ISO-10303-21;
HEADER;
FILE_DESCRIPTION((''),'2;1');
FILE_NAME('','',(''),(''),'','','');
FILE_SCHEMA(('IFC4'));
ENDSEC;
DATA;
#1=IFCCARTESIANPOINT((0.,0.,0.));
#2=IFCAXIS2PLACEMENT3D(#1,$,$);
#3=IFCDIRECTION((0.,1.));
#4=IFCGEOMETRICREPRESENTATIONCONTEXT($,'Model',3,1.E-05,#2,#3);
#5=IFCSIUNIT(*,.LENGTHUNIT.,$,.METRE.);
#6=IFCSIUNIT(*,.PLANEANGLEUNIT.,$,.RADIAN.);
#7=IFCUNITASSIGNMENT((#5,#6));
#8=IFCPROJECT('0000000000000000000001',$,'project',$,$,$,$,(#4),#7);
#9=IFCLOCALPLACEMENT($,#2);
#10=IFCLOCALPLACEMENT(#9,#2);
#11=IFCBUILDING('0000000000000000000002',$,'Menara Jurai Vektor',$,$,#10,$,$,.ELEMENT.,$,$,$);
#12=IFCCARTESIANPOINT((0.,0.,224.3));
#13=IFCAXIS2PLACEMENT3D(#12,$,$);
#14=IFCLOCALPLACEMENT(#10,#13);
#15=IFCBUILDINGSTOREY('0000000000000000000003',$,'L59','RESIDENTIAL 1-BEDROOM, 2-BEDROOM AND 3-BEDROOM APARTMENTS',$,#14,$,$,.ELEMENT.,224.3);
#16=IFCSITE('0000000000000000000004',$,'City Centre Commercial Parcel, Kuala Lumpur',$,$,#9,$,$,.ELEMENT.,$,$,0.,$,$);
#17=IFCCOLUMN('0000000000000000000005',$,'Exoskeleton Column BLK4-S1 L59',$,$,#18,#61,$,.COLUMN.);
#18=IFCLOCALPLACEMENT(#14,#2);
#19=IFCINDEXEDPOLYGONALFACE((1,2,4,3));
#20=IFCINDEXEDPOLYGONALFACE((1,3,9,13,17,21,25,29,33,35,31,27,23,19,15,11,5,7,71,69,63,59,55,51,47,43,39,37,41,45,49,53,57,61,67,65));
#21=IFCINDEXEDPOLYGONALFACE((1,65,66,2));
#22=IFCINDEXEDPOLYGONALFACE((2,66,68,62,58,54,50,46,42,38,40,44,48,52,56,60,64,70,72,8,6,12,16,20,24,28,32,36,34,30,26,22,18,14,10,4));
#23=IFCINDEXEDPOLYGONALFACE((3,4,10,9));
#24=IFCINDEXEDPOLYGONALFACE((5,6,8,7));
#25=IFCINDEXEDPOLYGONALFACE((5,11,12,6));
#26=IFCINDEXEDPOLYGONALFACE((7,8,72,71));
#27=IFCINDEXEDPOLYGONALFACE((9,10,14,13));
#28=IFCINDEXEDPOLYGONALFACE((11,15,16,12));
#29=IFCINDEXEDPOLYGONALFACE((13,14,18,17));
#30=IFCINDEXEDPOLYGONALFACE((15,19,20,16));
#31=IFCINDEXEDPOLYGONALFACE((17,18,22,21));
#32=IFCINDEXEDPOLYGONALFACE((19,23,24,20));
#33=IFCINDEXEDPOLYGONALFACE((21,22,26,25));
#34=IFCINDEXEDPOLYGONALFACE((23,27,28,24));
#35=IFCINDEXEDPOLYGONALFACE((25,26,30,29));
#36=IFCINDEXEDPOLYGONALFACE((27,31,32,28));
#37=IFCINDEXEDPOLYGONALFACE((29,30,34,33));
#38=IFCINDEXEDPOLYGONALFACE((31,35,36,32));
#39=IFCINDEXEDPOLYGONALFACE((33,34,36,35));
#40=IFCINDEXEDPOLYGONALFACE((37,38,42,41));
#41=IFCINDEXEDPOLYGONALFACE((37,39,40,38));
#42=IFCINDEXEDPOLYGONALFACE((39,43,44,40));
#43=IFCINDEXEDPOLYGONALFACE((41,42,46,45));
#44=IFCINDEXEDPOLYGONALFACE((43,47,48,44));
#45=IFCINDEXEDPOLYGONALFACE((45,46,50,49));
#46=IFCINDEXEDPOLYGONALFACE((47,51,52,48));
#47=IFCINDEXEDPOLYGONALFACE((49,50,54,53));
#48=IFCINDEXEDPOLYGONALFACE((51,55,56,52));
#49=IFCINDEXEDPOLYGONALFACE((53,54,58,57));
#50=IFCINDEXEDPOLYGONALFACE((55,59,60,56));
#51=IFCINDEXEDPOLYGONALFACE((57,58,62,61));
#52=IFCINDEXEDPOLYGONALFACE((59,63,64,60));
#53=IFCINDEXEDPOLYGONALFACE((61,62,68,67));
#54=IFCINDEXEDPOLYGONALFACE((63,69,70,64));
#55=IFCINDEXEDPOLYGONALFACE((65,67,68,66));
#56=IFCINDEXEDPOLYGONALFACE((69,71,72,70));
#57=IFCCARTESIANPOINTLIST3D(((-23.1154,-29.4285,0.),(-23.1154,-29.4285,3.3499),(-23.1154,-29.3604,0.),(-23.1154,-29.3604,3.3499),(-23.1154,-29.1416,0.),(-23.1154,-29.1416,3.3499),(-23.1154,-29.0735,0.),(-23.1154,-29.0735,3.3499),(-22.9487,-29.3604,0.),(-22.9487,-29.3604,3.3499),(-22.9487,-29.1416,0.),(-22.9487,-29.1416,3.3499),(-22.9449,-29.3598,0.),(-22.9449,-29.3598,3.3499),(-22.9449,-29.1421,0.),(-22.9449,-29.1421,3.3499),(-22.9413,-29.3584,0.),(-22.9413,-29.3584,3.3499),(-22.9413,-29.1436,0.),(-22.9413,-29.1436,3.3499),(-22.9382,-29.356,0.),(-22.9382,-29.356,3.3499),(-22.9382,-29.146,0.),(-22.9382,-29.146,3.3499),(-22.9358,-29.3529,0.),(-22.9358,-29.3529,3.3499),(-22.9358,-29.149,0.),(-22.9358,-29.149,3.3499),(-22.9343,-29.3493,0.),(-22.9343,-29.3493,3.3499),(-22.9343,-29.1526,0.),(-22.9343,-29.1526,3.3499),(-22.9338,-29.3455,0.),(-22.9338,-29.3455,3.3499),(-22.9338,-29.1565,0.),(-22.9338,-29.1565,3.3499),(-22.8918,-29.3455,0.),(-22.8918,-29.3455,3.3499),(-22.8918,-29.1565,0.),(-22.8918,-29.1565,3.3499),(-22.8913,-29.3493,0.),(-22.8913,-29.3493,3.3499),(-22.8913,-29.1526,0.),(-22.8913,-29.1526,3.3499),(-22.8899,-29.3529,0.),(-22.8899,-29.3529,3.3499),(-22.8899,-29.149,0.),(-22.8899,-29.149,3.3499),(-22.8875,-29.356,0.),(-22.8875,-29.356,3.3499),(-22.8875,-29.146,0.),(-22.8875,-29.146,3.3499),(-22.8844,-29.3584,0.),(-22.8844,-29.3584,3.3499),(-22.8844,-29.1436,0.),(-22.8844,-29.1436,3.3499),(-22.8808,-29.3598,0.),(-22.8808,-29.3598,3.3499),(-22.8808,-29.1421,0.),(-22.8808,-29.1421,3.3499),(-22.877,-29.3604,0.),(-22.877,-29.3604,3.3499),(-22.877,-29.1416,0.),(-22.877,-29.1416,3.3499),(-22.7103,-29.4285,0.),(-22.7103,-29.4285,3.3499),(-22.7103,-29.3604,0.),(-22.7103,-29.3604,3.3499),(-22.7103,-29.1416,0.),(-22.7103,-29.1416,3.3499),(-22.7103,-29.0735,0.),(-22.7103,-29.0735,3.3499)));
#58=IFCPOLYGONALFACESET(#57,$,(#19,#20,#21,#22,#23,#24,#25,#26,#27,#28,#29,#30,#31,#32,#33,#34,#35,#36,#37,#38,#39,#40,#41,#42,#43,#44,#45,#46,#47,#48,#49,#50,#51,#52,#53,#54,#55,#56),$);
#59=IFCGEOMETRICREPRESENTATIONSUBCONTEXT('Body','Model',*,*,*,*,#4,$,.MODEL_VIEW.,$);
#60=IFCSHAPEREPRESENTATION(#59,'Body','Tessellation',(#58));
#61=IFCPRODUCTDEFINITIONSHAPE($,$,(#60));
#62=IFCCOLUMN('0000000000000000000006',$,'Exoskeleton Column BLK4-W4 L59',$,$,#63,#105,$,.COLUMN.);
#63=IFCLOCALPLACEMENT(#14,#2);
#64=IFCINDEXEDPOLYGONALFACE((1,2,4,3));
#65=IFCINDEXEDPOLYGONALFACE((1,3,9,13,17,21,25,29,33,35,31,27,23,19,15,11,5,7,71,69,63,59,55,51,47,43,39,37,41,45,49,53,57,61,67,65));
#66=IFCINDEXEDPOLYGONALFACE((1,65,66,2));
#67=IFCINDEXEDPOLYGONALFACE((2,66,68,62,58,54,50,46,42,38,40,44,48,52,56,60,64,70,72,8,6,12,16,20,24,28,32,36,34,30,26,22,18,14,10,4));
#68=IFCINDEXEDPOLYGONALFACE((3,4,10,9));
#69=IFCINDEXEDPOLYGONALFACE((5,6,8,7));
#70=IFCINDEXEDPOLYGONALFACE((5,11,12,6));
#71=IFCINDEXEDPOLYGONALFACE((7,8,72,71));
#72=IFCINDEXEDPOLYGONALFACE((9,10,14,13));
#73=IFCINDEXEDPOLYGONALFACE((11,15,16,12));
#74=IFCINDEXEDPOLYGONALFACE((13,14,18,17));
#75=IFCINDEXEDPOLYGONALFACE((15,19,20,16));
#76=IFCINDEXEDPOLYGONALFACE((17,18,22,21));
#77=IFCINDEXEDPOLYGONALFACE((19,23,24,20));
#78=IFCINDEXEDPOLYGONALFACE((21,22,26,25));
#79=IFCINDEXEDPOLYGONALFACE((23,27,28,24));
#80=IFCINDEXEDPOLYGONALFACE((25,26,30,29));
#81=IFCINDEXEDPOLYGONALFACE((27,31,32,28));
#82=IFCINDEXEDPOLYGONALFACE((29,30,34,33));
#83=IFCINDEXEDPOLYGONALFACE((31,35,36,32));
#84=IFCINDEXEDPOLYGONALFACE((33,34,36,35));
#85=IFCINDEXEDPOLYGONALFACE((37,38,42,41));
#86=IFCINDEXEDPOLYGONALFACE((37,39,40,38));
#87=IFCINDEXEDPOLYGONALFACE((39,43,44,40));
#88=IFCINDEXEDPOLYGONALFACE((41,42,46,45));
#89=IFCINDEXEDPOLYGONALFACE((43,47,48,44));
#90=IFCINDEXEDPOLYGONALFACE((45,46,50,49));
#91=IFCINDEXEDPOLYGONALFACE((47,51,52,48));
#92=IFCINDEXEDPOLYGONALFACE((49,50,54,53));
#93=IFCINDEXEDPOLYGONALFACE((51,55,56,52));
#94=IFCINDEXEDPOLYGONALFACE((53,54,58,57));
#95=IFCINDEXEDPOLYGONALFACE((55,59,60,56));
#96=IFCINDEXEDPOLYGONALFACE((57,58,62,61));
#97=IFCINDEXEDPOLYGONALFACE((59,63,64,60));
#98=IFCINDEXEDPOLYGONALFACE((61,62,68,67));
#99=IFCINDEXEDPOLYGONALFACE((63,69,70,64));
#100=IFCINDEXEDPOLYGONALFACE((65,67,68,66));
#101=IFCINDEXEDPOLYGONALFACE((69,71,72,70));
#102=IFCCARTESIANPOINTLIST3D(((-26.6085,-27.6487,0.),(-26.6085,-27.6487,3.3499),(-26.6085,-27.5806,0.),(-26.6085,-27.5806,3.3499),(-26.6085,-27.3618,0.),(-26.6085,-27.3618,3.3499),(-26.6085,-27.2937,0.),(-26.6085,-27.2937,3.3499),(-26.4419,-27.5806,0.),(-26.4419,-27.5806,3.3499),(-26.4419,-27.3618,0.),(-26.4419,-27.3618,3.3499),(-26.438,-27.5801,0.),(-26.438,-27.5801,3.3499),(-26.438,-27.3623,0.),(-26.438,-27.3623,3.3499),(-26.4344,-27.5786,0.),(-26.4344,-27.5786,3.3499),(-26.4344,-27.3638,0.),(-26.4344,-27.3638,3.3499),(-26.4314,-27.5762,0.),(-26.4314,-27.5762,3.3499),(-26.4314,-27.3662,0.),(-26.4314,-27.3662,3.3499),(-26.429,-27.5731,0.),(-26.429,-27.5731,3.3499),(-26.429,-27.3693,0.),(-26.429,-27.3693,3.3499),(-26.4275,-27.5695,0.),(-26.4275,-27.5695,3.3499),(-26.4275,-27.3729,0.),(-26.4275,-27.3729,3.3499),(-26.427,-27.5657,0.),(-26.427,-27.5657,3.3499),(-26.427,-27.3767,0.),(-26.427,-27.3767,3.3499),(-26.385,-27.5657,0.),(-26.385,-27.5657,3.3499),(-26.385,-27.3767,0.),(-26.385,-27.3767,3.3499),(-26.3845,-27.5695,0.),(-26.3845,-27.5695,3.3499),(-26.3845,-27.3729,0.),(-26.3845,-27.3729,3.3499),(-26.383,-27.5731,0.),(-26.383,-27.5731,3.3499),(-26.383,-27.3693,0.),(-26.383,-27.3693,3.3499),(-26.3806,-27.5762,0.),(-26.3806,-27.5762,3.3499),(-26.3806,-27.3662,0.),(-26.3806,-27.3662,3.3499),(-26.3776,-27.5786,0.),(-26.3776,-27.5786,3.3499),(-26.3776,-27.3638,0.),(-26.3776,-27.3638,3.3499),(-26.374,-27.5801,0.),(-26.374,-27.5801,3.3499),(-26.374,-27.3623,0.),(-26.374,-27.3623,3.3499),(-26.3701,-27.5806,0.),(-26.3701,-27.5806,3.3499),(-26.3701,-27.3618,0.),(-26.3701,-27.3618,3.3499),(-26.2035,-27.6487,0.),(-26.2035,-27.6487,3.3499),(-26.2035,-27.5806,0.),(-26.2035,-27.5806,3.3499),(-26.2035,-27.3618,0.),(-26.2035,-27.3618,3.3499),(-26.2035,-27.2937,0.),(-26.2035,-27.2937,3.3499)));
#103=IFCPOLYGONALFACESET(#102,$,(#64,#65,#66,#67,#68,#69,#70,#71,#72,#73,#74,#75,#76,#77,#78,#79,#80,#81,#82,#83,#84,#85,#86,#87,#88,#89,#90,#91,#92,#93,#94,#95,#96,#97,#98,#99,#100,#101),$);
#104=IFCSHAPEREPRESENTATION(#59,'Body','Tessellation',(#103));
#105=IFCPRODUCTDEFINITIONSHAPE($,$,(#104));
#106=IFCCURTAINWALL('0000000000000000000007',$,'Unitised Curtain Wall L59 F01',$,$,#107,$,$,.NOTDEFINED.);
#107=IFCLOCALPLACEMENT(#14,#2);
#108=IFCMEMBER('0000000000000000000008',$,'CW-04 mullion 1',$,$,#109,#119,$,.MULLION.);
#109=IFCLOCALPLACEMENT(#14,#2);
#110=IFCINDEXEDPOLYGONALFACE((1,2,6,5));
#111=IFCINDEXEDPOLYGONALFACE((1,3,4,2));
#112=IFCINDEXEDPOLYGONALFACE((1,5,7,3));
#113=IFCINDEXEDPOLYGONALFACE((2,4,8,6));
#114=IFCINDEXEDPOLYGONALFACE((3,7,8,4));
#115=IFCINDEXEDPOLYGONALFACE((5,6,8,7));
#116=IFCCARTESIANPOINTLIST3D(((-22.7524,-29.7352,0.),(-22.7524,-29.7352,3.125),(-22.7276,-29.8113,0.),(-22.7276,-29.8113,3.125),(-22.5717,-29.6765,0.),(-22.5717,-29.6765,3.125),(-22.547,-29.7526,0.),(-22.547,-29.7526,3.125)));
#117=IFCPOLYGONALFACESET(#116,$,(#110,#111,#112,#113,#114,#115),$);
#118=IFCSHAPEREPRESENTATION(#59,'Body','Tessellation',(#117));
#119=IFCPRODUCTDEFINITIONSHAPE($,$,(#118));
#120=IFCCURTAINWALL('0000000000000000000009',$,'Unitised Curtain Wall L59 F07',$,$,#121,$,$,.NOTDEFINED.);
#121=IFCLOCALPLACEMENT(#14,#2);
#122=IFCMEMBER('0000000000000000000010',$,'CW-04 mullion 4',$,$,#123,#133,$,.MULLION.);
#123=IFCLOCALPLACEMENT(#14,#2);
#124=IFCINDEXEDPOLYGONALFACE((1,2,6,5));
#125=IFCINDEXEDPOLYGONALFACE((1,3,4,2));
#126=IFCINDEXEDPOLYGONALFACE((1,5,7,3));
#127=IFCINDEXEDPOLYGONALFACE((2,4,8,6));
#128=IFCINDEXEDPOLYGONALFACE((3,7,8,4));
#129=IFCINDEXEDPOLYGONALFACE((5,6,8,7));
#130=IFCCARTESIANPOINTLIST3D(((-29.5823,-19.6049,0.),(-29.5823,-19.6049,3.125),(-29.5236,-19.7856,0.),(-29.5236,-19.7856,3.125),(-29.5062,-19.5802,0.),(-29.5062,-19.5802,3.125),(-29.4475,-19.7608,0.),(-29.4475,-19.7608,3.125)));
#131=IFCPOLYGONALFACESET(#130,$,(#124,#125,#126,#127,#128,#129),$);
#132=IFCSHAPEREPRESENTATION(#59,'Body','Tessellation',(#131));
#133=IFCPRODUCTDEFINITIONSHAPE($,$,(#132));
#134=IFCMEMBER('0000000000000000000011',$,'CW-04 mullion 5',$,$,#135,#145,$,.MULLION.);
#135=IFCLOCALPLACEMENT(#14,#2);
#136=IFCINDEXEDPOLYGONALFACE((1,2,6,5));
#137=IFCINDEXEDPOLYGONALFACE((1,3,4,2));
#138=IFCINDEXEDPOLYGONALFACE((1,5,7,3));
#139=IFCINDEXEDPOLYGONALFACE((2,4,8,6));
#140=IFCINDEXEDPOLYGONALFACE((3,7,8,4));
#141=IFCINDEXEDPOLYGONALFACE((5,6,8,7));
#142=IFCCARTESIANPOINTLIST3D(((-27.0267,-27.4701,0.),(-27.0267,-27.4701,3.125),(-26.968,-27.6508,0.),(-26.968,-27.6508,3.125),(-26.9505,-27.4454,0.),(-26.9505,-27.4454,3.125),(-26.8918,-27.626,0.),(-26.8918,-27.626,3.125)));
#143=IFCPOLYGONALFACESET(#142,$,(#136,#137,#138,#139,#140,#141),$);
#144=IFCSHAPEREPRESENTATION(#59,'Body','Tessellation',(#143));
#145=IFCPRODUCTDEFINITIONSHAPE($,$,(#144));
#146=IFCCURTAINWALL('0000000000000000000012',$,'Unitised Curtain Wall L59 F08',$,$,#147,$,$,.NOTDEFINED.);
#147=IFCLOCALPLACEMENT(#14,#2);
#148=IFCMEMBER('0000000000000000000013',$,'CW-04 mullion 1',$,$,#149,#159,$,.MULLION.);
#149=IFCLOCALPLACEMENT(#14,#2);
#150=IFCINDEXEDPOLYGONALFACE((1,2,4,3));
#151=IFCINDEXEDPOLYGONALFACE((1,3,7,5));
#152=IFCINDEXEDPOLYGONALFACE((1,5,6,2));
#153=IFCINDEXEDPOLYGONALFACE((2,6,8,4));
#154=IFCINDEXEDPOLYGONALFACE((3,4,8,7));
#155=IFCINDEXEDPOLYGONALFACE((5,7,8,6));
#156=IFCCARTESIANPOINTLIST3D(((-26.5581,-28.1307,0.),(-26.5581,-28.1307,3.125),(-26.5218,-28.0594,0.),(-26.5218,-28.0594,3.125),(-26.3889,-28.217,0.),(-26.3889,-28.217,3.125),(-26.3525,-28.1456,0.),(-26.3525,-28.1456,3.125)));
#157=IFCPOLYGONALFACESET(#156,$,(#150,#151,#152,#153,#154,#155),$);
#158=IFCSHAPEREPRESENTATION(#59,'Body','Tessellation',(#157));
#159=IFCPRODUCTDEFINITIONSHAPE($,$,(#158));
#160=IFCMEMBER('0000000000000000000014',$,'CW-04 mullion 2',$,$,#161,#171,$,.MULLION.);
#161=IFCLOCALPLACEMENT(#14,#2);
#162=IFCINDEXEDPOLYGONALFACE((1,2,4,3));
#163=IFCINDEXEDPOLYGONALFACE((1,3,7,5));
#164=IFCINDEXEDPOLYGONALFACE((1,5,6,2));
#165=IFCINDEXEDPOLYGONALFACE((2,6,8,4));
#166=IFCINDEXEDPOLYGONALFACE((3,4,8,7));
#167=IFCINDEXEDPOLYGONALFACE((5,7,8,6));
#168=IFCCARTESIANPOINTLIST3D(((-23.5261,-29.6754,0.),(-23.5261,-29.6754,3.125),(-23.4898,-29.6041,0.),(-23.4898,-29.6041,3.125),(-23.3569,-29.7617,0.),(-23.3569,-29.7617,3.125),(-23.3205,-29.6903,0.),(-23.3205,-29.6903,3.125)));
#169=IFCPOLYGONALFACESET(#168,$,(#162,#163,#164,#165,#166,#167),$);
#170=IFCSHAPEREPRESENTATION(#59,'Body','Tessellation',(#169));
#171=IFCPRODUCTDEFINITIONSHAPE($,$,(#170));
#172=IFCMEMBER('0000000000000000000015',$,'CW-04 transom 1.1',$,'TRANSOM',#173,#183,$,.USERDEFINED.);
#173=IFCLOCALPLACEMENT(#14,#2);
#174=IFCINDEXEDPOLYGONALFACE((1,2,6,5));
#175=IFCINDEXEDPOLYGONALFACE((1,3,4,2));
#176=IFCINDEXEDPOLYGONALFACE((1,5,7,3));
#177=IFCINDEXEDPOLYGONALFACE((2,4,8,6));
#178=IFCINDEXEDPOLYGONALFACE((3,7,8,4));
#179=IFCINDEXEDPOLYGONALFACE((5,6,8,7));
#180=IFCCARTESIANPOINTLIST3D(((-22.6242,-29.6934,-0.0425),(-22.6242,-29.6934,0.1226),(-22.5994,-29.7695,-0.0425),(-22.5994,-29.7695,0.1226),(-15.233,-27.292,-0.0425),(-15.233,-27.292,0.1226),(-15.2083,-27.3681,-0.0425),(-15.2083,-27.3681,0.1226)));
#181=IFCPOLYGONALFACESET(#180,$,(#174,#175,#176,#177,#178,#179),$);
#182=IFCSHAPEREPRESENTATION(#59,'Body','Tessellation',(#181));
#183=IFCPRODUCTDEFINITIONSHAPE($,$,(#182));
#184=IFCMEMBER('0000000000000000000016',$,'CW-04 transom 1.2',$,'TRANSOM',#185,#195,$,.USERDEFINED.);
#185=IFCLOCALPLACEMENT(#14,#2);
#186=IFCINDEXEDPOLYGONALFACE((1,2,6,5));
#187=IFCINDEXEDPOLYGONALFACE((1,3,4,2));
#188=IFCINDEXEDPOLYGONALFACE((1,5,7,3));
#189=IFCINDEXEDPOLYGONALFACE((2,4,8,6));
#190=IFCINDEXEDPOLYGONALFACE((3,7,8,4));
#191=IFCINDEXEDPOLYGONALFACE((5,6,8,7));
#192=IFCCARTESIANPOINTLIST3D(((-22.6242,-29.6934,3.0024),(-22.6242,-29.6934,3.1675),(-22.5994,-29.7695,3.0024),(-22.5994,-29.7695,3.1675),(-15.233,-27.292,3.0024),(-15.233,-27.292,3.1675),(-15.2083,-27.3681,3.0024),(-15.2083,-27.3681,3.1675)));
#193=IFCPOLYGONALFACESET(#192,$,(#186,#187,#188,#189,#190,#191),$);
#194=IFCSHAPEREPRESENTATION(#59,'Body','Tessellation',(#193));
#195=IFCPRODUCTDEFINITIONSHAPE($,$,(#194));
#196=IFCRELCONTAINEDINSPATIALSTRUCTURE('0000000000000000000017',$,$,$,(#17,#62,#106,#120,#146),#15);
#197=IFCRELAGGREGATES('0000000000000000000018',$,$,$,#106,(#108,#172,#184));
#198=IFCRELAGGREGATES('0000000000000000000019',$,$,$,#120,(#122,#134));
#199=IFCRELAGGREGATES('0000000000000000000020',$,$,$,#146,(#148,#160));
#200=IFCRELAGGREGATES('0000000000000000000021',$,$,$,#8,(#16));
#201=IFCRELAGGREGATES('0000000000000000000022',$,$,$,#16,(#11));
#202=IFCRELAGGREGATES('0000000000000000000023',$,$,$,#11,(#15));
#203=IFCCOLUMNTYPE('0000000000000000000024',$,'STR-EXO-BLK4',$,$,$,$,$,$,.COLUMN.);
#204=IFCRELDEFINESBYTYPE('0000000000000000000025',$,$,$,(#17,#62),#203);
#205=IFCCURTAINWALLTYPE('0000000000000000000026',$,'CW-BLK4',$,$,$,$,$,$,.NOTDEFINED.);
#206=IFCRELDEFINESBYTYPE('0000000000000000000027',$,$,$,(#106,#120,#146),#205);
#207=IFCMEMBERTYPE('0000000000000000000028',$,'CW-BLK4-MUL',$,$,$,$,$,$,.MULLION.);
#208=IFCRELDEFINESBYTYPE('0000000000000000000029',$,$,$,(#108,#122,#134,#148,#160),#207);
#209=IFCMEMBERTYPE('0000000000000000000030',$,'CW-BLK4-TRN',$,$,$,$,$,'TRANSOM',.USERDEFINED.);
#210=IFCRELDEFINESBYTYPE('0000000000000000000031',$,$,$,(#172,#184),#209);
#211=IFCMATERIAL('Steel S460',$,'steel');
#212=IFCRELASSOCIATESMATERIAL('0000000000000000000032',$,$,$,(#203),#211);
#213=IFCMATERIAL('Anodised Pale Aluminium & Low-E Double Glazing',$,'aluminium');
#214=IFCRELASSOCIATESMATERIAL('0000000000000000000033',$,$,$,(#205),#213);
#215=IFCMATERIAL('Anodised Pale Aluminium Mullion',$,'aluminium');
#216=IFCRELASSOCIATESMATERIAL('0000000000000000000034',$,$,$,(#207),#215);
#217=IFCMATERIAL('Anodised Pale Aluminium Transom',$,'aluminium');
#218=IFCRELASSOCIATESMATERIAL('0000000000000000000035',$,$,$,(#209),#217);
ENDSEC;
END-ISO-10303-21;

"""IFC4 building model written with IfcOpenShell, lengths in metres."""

from ifc_helpers import new_model, si_unit, direction, frame, origin, origin_2d, place, context, subcontext, project, spatial, rectangle, i_section, extrude, material, material_profile, profile_set, type_object, element, aggregate, save


model = new_model("IFC4")

# Units and contexts
model_context = context("Model", 3, precision=1e-05, world=origin(), true_north=direction((0.0, 1.0)))
body_context = subcontext(model_context, "Body", "Model", "MODEL_VIEW")
ifc_project = project(units=[si_unit("LENGTHUNIT", "METRE"), si_unit("PLANEANGLEUNIT", "RADIAN")], contexts=[model_context])

# Site, building, storey
site_placement = place(None, origin())
site = spatial("IfcSite", under=ifc_project, at=site_placement, Name="City Centre Commercial Parcel, Kuala Lumpur", CompositionType="ELEMENT", RefElevation=0.0)
building_placement = place(site_placement, origin())
building = spatial("IfcBuilding", under=site, at=building_placement, Name="Menara Jurai Vektor", CompositionType="ELEMENT")
storey_placement = place(building_placement, frame((0.0, 0.0, 224.3)))
storey = spatial("IfcBuildingStorey", under=building, at=storey_placement, Name="L59", Description="RESIDENTIAL 1-BEDROOM, 2-BEDROOM AND 3-BEDROOM APARTMENTS", CompositionType="ELEMENT", Elevation=224.3)

# Columns
ifc_material_1 = material(Name="Steel S460", Category="steel")
ifc_material_profile_1 = material_profile(ifc_material_1, i_section(OverallWidth=0.405, OverallDepth=0.355, WebThickness=0.042, FlangeThickness=0.0681, FilletRadius=0.0149, at=origin_2d()), Name="HD 400x551")
ifc_profile_set_1 = profile_set([ifc_material_profile_1], Name="Steel S460")
column_type = type_object("IfcColumnType", Name="STR-EXO-BLK4", PredefinedType="COLUMN", material=ifc_profile_set_1)
for number, where, z_axis, x_axis, name in (
    (1, (-22.9128, -29.251, 0.0), (0.0, 0.0, 1.0), (1.0, 0.0, 0.0), "Exoskeleton Column BLK4-S1 L59"),
    (2, (-26.406, -27.4712, 0.0), (0.0, 0.0, 1.0), (1.0, 0.0, 0.0), "Exoskeleton Column BLK4-W4 L59"),
):
    element("IfcColumn", number, at=place(storey_placement, frame(where, z_axis=z_axis, x_axis=x_axis)), inside=storey, type_object=column_type, Name=name, PredefinedType="COLUMN", context=body_context, shape_type="SweptSolid", body=[
        extrude(i_section(OverallWidth=0.405, OverallDepth=0.355, WebThickness=0.042, FlangeThickness=0.0681, FilletRadius=0.0149, at=origin_2d()), origin(), (0.0, 0.0, 1.0), 3.3499),
    ])

# Curtain wall, member
ifc_material_2 = material(Name="Anodised Pale Aluminium & Low-E Double Glazing", Category="aluminium")
curtain_wall_type = type_object("IfcCurtainWallType", Name="CW-BLK4", PredefinedType="NOTDEFINED", material=ifc_material_2)
curtain_wall_1_placement = place(storey_placement, origin())
curtain_wall_1 = element("IfcCurtainWall", 3, at=curtain_wall_1_placement, inside=storey, type_object=curtain_wall_type, Name="Unitised Curtain Wall L59 F01", PredefinedType="NOTDEFINED")
ifc_material_3 = material(Name="Anodised Pale Aluminium Mullion", Category="aluminium")
ifc_material_profile_2 = material_profile(ifc_material_3, rectangle(XDim=0.0801, YDim=0.1899, at=origin_2d()), Name="ALU MUL 80x190")
ifc_profile_set_2 = profile_set([ifc_material_profile_2], Name="Anodised Pale Aluminium Mullion")
member_type_1 = type_object("IfcMemberType", Name="CW-BLK4-MUL", PredefinedType="MULLION", material=ifc_profile_set_2)
member_1_placement = place(storey_placement, frame((-22.6497, -29.7439, 0.0), z_axis=(0.0, 0.0, 1.0), x_axis=(-0.309017, 0.951056, 0.0)))
member_1 = element("IfcMember", 4, at=member_1_placement, type_object=member_type_1, Name="CW-04 mullion 1", PredefinedType="MULLION", context=body_context, shape_type="SweptSolid", body=[
    extrude(rectangle(XDim=0.0801, YDim=0.1899, at=origin_2d()), origin(), (0.0, 0.0, 1.0), 3.125),
])

# Curtain walls, members
curtain_wall_2_placement = place(storey_placement, origin())
curtain_wall_2 = element("IfcCurtainWall", 5, at=curtain_wall_2_placement, inside=storey, type_object=curtain_wall_type, Name="Unitised Curtain Wall L59 F07", PredefinedType="NOTDEFINED")
member_2_placement = place(storey_placement, frame((-29.5149, -19.6829, 0.0), z_axis=(0.0, 0.0, 1.0), x_axis=(0.951057, 0.309016, 0.0)))
member_2 = element("IfcMember", 6, at=member_2_placement, type_object=member_type_1, Name="CW-04 mullion 4", PredefinedType="MULLION", context=body_context, shape_type="SweptSolid", body=[
    extrude(rectangle(XDim=0.0801, YDim=0.1899, at=origin_2d()), origin(), (0.0, 0.0, 1.0), 3.125),
])
member_3_placement = place(storey_placement, frame((-26.9592, -27.5481, 0.0), z_axis=(0.0, 0.0, 1.0), x_axis=(0.951057, 0.309016, 0.0)))
member_3 = element("IfcMember", 7, at=member_3_placement, type_object=member_type_1, Name="CW-04 mullion 5", PredefinedType="MULLION", context=body_context, shape_type="SweptSolid", body=[
    extrude(rectangle(XDim=0.0801, YDim=0.1899, at=origin_2d()), origin(), (0.0, 0.0, 1.0), 3.125),
])
curtain_wall_3_placement = place(storey_placement, origin())
curtain_wall_3 = element("IfcCurtainWall", 8, at=curtain_wall_3_placement, inside=storey, type_object=curtain_wall_type, Name="Unitised Curtain Wall L59 F08", PredefinedType="NOTDEFINED")
member_4_placement = place(storey_placement, frame((-26.4553, -28.1382, 0.0), z_axis=(0.0, 0.0, 1.0), x_axis=(0.453989, 0.891008, 0.0)))
member_4 = element("IfcMember", 9, at=member_4_placement, type_object=member_type_1, Name="CW-04 mullion 1", PredefinedType="MULLION", context=body_context, shape_type="SweptSolid", body=[
    extrude(rectangle(XDim=0.0801, YDim=0.1899, at=origin_2d()), origin(), (0.0, 0.0, 1.0), 3.125),
])
member_5_placement = place(storey_placement, frame((-23.4233, -29.6829, 0.0), z_axis=(0.0, 0.0, 1.0), x_axis=(0.453989, 0.891008, 0.0)))
member_5 = element("IfcMember", 10, at=member_5_placement, type_object=member_type_1, Name="CW-04 mullion 2", PredefinedType="MULLION", context=body_context, shape_type="SweptSolid", body=[
    extrude(rectangle(XDim=0.0801, YDim=0.1899, at=origin_2d()), origin(), (0.0, 0.0, 1.0), 3.125),
])

# Members
ifc_material_4 = material(Name="Anodised Pale Aluminium Transom", Category="aluminium")
ifc_material_profile_3 = material_profile(ifc_material_4, rectangle(XDim=0.0801, YDim=0.165, at=origin_2d()), Name="ALU TRN 80x165")
ifc_profile_set_3 = profile_set([ifc_material_profile_3], Name="Anodised Pale Aluminium Transom")
member_type_2 = type_object("IfcMemberType", Name="CW-BLK4-TRN", ElementType="TRANSOM", PredefinedType="USERDEFINED", material=ifc_profile_set_3)
member_6_placement = place(storey_placement, frame((-22.6118, -29.7314, 0.04), z_axis=(0.951062, 0.308999, 0.0), x_axis=(-0.308999, 0.951062, 0.0)))
member_6 = element("IfcMember", 11, at=member_6_placement, type_object=member_type_2, Name="CW-04 transom 1.1", ObjectType="TRANSOM", PredefinedType="USERDEFINED", context=body_context, shape_type="SweptSolid", body=[
    extrude(rectangle(XDim=0.0801, YDim=0.165, at=origin_2d()), origin(), (0.0, 0.0, 1.0), 7.7715),
])
member_7_placement = place(storey_placement, frame((-22.6118, -29.7314, 3.085), z_axis=(0.951062, 0.308999, 0.0), x_axis=(-0.308999, 0.951062, 0.0)))
member_7 = element("IfcMember", 12, at=member_7_placement, type_object=member_type_2, Name="CW-04 transom 1.2", ObjectType="TRANSOM", PredefinedType="USERDEFINED", context=body_context, shape_type="SweptSolid", body=[
    extrude(rectangle(XDim=0.0801, YDim=0.165, at=origin_2d()), origin(), (0.0, 0.0, 1.0), 7.7715),
])
aggregate(curtain_wall_1, [member_1, member_6, member_7])

aggregate(curtain_wall_2, [member_2, member_3])
aggregate(curtain_wall_3, [member_4, member_5])

save(model, "model.ifc")
